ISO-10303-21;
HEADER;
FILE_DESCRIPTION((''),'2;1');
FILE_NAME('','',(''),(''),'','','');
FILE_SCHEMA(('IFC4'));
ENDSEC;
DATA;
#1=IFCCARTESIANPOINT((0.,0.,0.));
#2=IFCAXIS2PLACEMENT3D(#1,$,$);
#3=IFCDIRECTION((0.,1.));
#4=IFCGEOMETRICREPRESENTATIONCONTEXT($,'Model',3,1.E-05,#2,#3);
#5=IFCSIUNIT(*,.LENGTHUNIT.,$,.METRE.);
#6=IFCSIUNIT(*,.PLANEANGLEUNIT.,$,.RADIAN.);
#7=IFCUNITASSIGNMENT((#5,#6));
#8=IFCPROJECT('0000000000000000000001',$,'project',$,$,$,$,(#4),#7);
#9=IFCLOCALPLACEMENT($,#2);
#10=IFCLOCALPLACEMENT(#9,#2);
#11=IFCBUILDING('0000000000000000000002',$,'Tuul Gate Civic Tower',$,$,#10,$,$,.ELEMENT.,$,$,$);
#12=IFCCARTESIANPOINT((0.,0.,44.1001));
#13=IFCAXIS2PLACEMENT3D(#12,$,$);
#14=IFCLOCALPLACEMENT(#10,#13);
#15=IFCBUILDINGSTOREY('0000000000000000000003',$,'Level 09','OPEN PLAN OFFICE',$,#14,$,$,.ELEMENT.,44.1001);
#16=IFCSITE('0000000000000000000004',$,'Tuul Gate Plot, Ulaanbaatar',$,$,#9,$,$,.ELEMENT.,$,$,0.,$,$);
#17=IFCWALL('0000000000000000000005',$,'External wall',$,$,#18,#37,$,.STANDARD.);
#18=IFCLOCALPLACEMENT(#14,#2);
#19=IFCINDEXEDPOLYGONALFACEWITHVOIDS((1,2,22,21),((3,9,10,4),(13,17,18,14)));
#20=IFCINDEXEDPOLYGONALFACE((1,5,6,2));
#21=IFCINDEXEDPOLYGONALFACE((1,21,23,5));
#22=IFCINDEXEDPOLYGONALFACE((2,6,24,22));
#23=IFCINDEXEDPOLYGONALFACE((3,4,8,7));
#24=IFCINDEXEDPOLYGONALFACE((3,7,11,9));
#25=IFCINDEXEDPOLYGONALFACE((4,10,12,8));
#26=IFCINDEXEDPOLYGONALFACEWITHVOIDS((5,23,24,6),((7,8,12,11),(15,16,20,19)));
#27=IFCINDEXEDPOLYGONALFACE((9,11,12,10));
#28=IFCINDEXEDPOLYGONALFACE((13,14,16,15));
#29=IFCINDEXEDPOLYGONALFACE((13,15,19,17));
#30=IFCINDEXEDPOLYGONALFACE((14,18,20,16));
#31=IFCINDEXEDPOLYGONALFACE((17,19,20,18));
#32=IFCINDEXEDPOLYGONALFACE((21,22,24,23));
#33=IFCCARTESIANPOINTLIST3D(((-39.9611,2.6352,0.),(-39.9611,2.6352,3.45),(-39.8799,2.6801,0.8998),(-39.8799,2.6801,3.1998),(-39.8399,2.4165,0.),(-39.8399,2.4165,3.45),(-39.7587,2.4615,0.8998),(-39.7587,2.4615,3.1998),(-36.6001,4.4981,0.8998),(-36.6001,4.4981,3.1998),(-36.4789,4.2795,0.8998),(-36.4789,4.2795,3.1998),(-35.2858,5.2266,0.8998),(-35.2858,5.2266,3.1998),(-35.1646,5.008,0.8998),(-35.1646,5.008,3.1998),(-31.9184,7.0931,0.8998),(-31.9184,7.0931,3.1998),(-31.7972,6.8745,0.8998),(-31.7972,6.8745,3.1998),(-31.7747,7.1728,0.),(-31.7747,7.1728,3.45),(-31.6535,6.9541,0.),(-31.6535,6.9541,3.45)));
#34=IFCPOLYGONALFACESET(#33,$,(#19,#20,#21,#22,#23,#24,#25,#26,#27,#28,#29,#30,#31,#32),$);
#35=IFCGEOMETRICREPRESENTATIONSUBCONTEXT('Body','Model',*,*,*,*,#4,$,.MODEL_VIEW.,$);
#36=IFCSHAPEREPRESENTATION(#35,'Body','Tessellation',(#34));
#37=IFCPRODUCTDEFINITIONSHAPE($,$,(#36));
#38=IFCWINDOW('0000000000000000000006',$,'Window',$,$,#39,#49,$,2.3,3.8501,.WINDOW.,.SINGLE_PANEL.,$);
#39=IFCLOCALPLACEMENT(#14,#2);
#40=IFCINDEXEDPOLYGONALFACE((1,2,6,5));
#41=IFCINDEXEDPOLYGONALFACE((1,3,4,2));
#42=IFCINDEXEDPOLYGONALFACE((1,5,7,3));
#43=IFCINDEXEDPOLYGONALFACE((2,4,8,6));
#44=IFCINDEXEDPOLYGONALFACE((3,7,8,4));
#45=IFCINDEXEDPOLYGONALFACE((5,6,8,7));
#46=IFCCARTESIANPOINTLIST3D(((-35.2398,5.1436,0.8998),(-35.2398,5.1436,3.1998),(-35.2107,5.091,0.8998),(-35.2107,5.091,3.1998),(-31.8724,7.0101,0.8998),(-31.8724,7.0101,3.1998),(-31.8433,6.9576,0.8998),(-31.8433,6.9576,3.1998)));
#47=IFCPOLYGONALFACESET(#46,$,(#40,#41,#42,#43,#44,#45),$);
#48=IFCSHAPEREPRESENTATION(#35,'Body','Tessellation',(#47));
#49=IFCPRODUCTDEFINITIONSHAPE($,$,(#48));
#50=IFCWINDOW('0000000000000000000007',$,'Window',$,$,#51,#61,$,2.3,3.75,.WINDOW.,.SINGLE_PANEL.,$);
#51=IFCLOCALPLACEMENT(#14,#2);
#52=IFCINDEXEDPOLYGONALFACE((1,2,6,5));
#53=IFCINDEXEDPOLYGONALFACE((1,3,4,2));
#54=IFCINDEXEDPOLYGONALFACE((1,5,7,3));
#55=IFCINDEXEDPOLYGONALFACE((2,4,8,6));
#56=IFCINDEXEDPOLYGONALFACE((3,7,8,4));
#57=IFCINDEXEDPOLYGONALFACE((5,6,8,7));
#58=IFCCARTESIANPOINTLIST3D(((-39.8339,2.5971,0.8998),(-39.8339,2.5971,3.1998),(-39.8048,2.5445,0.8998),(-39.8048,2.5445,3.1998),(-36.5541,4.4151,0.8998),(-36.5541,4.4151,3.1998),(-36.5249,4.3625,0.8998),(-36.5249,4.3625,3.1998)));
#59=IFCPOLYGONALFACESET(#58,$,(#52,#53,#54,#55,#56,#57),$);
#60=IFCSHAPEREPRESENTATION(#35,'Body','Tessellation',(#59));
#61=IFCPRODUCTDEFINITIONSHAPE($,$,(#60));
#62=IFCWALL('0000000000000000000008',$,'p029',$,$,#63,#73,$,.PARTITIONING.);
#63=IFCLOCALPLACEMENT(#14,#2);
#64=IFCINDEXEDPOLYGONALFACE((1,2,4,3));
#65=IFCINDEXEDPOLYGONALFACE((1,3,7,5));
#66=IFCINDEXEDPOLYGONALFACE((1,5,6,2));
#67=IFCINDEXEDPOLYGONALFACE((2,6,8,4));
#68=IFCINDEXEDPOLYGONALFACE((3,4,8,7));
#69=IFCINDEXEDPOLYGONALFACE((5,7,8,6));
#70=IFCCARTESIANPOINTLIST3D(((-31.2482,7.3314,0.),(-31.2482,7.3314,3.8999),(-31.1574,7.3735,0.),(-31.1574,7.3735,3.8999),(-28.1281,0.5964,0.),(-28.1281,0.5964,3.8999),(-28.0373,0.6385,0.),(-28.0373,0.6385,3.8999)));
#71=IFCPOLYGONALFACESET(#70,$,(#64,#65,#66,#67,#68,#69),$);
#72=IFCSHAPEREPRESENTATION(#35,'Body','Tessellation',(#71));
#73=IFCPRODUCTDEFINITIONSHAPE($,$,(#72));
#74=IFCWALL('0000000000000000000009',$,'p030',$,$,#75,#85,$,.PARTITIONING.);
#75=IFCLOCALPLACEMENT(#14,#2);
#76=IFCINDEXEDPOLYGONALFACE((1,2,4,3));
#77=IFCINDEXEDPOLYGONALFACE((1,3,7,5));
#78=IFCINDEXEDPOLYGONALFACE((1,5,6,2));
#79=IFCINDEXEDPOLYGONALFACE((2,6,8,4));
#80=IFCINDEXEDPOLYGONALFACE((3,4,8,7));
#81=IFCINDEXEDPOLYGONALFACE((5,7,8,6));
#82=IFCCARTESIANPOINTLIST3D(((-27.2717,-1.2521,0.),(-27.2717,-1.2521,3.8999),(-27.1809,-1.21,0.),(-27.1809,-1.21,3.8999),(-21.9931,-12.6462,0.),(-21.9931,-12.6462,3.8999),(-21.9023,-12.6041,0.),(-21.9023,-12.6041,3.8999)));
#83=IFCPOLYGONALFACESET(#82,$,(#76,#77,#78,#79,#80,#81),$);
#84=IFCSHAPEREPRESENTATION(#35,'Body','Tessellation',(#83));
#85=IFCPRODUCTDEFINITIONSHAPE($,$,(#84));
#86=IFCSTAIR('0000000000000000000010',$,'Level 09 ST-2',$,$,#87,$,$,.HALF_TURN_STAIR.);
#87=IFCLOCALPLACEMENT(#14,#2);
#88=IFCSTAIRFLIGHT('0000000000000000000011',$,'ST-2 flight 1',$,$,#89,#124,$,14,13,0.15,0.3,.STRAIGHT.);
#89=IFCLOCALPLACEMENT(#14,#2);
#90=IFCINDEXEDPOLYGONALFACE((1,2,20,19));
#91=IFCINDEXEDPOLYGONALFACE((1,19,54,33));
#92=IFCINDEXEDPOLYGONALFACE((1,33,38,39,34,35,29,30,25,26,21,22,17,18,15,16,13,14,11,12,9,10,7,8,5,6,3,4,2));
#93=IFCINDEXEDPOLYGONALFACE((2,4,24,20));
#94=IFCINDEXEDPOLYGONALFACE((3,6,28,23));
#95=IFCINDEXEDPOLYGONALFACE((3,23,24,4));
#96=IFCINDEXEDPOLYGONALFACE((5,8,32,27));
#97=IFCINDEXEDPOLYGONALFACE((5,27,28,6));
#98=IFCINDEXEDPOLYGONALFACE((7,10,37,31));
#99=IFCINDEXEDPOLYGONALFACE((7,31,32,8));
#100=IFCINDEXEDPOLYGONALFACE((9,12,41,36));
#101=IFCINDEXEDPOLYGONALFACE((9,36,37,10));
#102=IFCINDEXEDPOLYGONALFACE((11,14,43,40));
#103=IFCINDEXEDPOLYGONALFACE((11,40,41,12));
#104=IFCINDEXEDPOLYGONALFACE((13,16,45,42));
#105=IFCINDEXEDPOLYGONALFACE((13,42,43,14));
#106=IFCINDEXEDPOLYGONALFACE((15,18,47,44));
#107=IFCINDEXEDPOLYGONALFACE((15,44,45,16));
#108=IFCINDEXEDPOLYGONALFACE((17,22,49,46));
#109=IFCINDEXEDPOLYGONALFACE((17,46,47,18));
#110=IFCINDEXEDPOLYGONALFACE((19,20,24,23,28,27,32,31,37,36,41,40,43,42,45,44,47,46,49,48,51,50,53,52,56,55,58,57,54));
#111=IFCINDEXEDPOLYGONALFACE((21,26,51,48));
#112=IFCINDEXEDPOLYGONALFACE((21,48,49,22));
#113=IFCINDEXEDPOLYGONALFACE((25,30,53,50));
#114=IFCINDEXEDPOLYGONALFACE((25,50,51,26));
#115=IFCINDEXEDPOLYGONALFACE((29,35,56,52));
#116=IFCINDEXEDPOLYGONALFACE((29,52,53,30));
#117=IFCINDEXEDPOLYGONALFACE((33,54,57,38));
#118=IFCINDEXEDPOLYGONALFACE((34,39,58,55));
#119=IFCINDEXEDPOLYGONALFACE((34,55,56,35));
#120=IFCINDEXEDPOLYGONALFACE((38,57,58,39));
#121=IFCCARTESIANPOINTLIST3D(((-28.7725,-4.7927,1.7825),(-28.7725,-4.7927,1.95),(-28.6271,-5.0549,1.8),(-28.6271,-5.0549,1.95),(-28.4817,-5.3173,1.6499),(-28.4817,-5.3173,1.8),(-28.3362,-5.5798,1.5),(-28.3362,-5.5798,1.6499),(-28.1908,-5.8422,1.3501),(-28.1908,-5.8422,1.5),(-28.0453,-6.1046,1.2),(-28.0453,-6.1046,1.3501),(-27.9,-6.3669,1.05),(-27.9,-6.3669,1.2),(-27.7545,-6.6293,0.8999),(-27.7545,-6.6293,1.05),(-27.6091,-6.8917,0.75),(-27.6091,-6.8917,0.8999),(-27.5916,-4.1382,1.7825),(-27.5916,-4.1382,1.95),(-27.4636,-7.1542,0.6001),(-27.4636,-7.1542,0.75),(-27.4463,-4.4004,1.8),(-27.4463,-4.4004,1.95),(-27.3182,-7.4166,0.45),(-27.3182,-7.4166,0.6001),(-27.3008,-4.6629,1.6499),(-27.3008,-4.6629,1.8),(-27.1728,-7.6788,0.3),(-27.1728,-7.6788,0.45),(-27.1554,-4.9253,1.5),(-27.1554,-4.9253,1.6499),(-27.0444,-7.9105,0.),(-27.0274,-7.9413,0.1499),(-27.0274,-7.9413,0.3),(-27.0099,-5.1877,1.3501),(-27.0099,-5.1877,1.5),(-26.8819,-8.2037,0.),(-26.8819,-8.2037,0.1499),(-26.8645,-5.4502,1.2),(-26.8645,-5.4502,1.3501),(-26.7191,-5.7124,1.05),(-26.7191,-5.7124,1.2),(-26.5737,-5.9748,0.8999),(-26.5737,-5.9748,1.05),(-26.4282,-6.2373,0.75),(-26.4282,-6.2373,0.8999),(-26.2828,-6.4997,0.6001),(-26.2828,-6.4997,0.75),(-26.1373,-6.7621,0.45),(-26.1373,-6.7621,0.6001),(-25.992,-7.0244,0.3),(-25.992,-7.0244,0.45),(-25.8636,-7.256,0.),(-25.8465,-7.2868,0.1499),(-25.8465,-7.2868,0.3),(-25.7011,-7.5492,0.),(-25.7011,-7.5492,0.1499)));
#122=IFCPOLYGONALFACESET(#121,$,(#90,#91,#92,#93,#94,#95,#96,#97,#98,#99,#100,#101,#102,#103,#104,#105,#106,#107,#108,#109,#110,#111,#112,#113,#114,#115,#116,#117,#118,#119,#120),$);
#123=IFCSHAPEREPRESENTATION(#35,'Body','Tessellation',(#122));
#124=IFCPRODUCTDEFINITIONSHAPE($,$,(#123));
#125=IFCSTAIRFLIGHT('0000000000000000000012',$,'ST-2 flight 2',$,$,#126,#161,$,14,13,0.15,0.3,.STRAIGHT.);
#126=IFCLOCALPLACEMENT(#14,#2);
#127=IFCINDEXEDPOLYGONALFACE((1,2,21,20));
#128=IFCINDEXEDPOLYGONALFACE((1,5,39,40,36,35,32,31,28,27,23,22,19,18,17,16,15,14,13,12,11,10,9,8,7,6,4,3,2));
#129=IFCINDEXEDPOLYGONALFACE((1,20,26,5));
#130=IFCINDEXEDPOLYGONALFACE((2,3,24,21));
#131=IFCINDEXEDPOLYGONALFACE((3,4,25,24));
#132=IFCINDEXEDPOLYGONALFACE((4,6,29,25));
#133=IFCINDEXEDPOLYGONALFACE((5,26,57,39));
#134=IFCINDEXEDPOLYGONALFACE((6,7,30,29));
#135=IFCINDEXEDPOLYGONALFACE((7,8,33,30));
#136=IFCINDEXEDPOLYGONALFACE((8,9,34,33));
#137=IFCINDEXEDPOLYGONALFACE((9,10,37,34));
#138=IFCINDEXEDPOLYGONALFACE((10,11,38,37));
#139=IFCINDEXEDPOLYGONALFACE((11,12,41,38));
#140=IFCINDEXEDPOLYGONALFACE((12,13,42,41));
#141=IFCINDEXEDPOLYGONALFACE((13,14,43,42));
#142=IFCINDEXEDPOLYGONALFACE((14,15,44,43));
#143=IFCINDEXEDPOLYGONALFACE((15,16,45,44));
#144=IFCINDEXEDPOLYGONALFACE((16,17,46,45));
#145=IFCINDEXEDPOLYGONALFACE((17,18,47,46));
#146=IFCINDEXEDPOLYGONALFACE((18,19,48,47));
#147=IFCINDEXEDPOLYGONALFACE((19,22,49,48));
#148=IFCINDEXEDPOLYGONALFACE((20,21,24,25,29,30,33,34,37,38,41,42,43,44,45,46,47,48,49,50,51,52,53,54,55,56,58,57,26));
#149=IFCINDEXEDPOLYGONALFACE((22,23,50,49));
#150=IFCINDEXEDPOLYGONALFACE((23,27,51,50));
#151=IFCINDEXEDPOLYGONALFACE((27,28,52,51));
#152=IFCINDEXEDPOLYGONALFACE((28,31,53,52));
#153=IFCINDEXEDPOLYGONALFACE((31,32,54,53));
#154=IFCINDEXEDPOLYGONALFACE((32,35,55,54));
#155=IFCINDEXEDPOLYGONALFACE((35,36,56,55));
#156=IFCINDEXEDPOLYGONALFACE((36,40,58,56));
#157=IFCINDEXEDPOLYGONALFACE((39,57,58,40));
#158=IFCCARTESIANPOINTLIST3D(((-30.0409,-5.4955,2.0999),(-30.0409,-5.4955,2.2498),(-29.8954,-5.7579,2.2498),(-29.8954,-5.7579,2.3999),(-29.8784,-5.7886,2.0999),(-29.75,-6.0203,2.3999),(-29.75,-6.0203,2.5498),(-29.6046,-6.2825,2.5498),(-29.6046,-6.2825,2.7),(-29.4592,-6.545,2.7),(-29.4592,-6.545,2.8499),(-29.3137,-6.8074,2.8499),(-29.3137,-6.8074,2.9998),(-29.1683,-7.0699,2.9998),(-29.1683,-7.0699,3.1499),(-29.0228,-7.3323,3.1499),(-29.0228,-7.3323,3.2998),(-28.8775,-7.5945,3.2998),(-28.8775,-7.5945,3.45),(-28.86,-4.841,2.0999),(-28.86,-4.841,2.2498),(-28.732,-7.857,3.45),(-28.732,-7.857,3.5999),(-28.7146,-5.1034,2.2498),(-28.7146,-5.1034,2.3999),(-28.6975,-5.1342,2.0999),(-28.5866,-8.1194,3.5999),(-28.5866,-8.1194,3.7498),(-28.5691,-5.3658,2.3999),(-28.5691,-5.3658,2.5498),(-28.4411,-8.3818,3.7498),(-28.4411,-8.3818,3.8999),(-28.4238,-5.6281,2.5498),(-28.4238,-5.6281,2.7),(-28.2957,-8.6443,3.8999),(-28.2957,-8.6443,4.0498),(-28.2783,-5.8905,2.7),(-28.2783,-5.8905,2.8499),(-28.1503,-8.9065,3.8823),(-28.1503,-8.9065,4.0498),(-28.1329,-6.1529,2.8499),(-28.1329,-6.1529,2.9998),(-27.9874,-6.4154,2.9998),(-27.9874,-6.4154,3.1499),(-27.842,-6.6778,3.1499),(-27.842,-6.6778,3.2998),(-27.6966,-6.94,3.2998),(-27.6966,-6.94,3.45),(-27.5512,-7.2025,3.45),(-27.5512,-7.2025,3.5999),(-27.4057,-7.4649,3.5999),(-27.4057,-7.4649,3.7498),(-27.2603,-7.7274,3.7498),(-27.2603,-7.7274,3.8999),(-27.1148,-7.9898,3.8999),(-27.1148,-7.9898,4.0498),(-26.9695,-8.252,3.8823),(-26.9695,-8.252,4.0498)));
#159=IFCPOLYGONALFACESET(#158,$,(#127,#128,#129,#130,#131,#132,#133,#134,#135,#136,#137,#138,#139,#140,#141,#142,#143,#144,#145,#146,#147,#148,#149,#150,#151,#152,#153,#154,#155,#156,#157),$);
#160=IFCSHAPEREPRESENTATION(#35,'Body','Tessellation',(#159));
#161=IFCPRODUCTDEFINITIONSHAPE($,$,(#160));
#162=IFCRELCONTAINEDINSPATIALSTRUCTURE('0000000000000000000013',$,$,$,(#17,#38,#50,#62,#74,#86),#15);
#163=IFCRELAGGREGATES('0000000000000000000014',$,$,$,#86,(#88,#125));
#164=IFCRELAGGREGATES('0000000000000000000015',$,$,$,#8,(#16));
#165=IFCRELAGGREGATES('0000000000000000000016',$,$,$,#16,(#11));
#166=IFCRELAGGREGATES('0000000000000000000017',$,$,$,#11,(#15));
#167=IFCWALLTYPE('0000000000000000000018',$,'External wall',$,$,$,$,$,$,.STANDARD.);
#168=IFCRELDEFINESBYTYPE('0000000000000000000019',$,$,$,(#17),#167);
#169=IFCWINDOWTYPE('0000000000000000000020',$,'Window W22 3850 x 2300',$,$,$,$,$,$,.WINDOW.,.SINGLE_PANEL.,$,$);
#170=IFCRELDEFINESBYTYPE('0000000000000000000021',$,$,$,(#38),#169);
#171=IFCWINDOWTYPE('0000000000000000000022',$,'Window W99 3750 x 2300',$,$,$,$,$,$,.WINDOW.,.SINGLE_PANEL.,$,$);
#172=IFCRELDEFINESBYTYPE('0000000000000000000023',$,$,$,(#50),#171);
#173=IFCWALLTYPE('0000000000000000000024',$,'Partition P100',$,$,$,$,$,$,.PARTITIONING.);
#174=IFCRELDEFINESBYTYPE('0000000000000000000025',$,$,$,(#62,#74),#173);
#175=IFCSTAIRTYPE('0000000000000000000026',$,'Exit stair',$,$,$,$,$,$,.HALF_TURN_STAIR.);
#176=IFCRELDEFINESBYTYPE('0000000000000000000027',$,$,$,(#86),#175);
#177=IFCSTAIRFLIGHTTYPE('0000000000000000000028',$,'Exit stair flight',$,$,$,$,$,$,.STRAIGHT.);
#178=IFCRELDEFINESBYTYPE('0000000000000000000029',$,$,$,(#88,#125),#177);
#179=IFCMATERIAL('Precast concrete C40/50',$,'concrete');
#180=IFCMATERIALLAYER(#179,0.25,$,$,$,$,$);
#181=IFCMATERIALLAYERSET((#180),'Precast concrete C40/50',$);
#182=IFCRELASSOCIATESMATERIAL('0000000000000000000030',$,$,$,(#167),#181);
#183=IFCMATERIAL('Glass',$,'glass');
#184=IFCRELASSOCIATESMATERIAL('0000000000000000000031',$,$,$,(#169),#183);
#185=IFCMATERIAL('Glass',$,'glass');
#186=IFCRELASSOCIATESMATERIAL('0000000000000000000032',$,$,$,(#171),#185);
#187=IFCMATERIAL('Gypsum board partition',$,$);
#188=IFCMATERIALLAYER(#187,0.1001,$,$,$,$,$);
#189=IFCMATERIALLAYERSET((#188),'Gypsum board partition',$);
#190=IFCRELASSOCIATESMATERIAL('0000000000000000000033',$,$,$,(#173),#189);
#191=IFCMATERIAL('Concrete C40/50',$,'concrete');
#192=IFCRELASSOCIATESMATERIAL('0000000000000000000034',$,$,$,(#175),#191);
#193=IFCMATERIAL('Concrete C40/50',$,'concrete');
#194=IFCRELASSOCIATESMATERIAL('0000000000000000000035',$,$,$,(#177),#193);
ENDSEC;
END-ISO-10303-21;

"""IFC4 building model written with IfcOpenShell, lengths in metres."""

from ifc_helpers import new_model, si_unit, direction, frame, frame_2d, origin, place, context, subcontext, project, spatial, polyline, rectangle, outline, extrude, material, layer, layer_set, type_object, element, fill, aggregate, save


model = new_model("IFC4")

# Units and contexts
model_context = context("Model", 3, precision=1e-05, world=origin(), true_north=direction((0.0, 1.0)))
body_context = subcontext(model_context, "Body", "Model", "MODEL_VIEW")
ifc_project = project(units=[si_unit("LENGTHUNIT", "METRE"), si_unit("PLANEANGLEUNIT", "RADIAN")], contexts=[model_context])

# Site, building, storey
site_placement = place(None, origin())
site = spatial("IfcSite", under=ifc_project, at=site_placement, Name="Tuul Gate Plot, Ulaanbaatar", CompositionType="ELEMENT", RefElevation=0.0)
building_placement = place(site_placement, origin())
building = spatial("IfcBuilding", under=site, at=building_placement, Name="Tuul Gate Civic Tower", CompositionType="ELEMENT")
storey_placement = place(building_placement, frame((0.0, 0.0, 44.1001)))
storey = spatial("IfcBuildingStorey", under=building, at=storey_placement, Name="Level 09", Description="OPEN PLAN OFFICE", CompositionType="ELEMENT", Elevation=44.1001)

# Wall, openings, windows
ifc_material_1 = material(Name="Precast concrete C40/50", Category="concrete")
ifc_layer_1 = layer(ifc_material_1, 0.25)
ifc_layer_set_1 = layer_set([ifc_layer_1], Name="Precast concrete C40/50")
wall_type_1 = type_object("IfcWallType", Name="External wall", PredefinedType="STANDARD", material=ifc_layer_set_1)
ifc_material_2 = material(Name="Glass", Category="glass")
window_type_1 = type_object("IfcWindowType", Name="Window W22 3850 x 2300", PartitioningType="SINGLE_PANEL", PredefinedType="WINDOW", material=ifc_material_2)
wall_1_placement = place(storey_placement, frame((-31.7141, 7.0635, 0.0), z_axis=(0.0, 0.0, 1.0), x_axis=(-0.874626, -0.484799, 0.0)))
wall_1 = element("IfcWall", 1, at=wall_1_placement, inside=storey, type_object=wall_type_1, Name="External wall", PredefinedType="STANDARD", context=body_context, shape_type="SweptSolid", body=[
    extrude(rectangle(XDim=9.3599, YDim=0.25, at=frame_2d((4.6799, 0.0))), origin(), (0.0, 0.0, 1.0), 3.45),
])
opening_1_placement = place(wall_1_placement, frame((0.1643, 0.0, 0.8999)))
opening_1 = element("IfcOpeningElement", 2, at=opening_1_placement, cuts=wall_1, PredefinedType="OPENING", context=body_context, shape_type="SweptSolid", body=[
    extrude(rectangle(XDim=3.8501, YDim=2.3, at=frame_2d((1.925, 1.1499))), frame((0.0, 0.135, 0.0), z_axis=(0.0, -1.0, 0.0), x_axis=(1.0, 0.0, 0.0)), (0.0, 0.0, 1.0), 0.27),
])
opening_2_placement = place(wall_1_placement, frame((5.5171, 0.0, 0.8999)))
opening_2 = element("IfcOpeningElement", 3, at=opening_2_placement, cuts=wall_1, PredefinedType="OPENING", context=body_context, shape_type="SweptSolid", body=[
    extrude(rectangle(XDim=3.75, YDim=2.3, at=frame_2d((1.875, 1.1499))), frame((0.0, 0.135, 0.0), z_axis=(0.0, -1.0, 0.0), x_axis=(1.0, 0.0, 0.0)), (0.0, 0.0, 1.0), 0.27),
])
window_1_placement = place(opening_1_placement, origin())
window_1 = element("IfcWindow", 4, at=window_1_placement, inside=storey, type_object=window_type_1, Name="Window", OverallHeight=2.3, OverallWidth=3.8501, PartitioningType="SINGLE_PANEL", PredefinedType="WINDOW", context=body_context, shape_type="SweptSolid", body=[
    extrude(rectangle(XDim=3.8501, YDim=2.3, at=frame_2d((1.925, 1.1499))), frame((0.0, 0.03, 0.0), z_axis=(0.0, -1.0, 0.0), x_axis=(1.0, 0.0, 0.0)), (0.0, 0.0, 1.0), 0.0601),
])
fill(opening_1, window_1)
ifc_material_3 = material(Name="Glass", Category="glass")
window_type_2 = type_object("IfcWindowType", Name="Window W99 3750 x 2300", PartitioningType="SINGLE_PANEL", PredefinedType="WINDOW", material=ifc_material_3)
window_2_placement = place(opening_2_placement, origin())
window_2 = element("IfcWindow", 5, at=window_2_placement, inside=storey, type_object=window_type_2, Name="Window", OverallHeight=2.3, OverallWidth=3.75, PartitioningType="SINGLE_PANEL", PredefinedType="WINDOW", context=body_context, shape_type="SweptSolid", body=[
    extrude(rectangle(XDim=3.75, YDim=2.3, at=frame_2d((1.875, 1.1499))), frame((0.0, 0.03, 0.0), z_axis=(0.0, -1.0, 0.0), x_axis=(1.0, 0.0, 0.0)), (0.0, 0.0, 1.0), 0.0601),
])
fill(opening_2, window_2)

# Walls
ifc_material_4 = material(Name="Gypsum board partition")
ifc_layer_2 = layer(ifc_material_4, 0.1001)
ifc_layer_set_2 = layer_set([ifc_layer_2], Name="Gypsum board partition")
wall_type_2 = type_object("IfcWallType", Name="Partition P100", PredefinedType="PARTITIONING", material=ifc_layer_set_2)
wall_2_placement = place(storey_placement, frame((-31.2029, 7.3525, 0.0), z_axis=(0.0, 0.0, 1.0), x_axis=(0.420359, -0.907358, 0.0)))
element("IfcWall", 6, at=wall_2_placement, inside=storey, type_object=wall_type_2, Name="p029", PredefinedType="PARTITIONING", context=body_context, shape_type="SweptSolid", body=[
    extrude(rectangle(XDim=7.4226, YDim=0.1001, at=frame_2d((3.7114, 0.0))), origin(), (0.0, 0.0, 1.0), 3.8999),
])
wall_3_placement = place(storey_placement, frame((-27.2263, -1.231, 0.0), z_axis=(0.0, 0.0, 1.0), x_axis=(0.420356, -0.907359, 0.0)))
element("IfcWall", 7, at=wall_3_placement, inside=storey, type_object=wall_type_2, Name="p030", PredefinedType="PARTITIONING", context=body_context, shape_type="SweptSolid", body=[
    extrude(rectangle(XDim=12.5574, YDim=0.1001, at=frame_2d((6.2788, 0.0))), origin(), (0.0, 0.0, 1.0), 3.8999),
])

# Stair, stair flights
ifc_material_5 = material(Name="Concrete C40/50", Category="concrete")
stair_type = type_object("IfcStairType", Name="Exit stair", PredefinedType="HALF_TURN_STAIR", material=ifc_material_5)
stair_placement = place(storey_placement, origin())
stair = element("IfcStair", 8, at=stair_placement, inside=storey, type_object=stair_type, Name="Level 09 ST-2", PredefinedType="HALF_TURN_STAIR")
ifc_material_6 = material(Name="Concrete C40/50", Category="concrete")
stair_flight_type = type_object("IfcStairFlightType", Name="Exit stair flight", PredefinedType="STRAIGHT", material=ifc_material_6)
stair_flight_1_placement = place(storey_placement, frame((-26.2915, -7.8765, 0.0), z_axis=(0.0, 0.0, 1.0), x_axis=(-0.484762, 0.874646, 0.0)))
stair_flight_1 = element("IfcStairFlight", 9, at=stair_flight_1_placement, type_object=stair_flight_type, Name="ST-2 flight 1", NumberOfRisers=14, NumberOfTreads=13, PredefinedType="STRAIGHT", RiserHeight=0.15, TreadLength=0.3, context=body_context, shape_type="SweptSolid", body=[
    extrude(outline(polyline([(0.0, 0.0), (0.0, 0.1499), (0.3, 0.1499), (0.3, 0.3), (0.6001, 0.3), (0.6001, 0.45), (0.8999, 0.45), (0.8999, 0.6001), (1.2, 0.6001), (1.2, 0.75), (1.5, 0.75), (1.5, 0.8999), (1.8, 0.8999), (1.8, 1.05), (2.1001, 1.05), (2.1001, 1.2), (2.3999, 1.2), (2.3999, 1.3501), (2.7, 1.3501), (2.7, 1.5), (3.0, 1.5), (3.0, 1.6499), (3.3, 1.6499), (3.3, 1.8), (3.6001, 1.8), (3.6001, 1.95), (3.8999, 1.95), (3.8999, 2.1001), (3.8999, 1.7825), (0.3352, 0.0), (0.0, 0.0)])), frame((0.0, 0.675, 0.0), z_axis=(0.0, -1.0, 0.0), x_axis=(1.0, 0.0, 0.0)), (0.0, 0.0, 1.0), 1.3501),
])
stair_flight_2_placement = place(storey_placement, frame((-29.4504, -5.1682, 2.0999), z_axis=(0.0, 0.0, 1.0), x_axis=(0.484762, -0.874646, 0.0)))
stair_flight_2 = element("IfcStairFlight", 10, at=stair_flight_2_placement, type_object=stair_flight_type, Name="ST-2 flight 2", NumberOfRisers=14, NumberOfTreads=13, PredefinedType="STRAIGHT", RiserHeight=0.15, TreadLength=0.3, context=body_context, shape_type="SweptSolid", body=[
    extrude(outline(polyline([(0.0, 0.0), (0.0, 0.1499), (0.3, 0.1499), (0.3, 0.3), (0.6001, 0.3), (0.6001, 0.45), (0.8999, 0.45), (0.8999, 0.6001), (1.2, 0.6001), (1.2, 0.75), (1.5, 0.75), (1.5, 0.8999), (1.8, 0.8999), (1.8, 1.05), (2.1001, 1.05), (2.1001, 1.2), (2.3999, 1.2), (2.3999, 1.3501), (2.7, 1.3501), (2.7, 1.5), (3.0, 1.5), (3.0, 1.6499), (3.3, 1.6499), (3.3, 1.8), (3.6001, 1.8), (3.6001, 1.95), (3.8999, 1.95), (3.8999, 2.1001), (3.8999, 1.7825), (0.3352, 0.0), (0.0, 0.0)])), frame((0.0, 0.675, 0.0), z_axis=(0.0, -1.0, 0.0), x_axis=(1.0, 0.0, 0.0)), (0.0, 0.0, 1.0), 1.3501),
])
aggregate(stair, [stair_flight_1, stair_flight_2])

save(model, "model.ifc")
